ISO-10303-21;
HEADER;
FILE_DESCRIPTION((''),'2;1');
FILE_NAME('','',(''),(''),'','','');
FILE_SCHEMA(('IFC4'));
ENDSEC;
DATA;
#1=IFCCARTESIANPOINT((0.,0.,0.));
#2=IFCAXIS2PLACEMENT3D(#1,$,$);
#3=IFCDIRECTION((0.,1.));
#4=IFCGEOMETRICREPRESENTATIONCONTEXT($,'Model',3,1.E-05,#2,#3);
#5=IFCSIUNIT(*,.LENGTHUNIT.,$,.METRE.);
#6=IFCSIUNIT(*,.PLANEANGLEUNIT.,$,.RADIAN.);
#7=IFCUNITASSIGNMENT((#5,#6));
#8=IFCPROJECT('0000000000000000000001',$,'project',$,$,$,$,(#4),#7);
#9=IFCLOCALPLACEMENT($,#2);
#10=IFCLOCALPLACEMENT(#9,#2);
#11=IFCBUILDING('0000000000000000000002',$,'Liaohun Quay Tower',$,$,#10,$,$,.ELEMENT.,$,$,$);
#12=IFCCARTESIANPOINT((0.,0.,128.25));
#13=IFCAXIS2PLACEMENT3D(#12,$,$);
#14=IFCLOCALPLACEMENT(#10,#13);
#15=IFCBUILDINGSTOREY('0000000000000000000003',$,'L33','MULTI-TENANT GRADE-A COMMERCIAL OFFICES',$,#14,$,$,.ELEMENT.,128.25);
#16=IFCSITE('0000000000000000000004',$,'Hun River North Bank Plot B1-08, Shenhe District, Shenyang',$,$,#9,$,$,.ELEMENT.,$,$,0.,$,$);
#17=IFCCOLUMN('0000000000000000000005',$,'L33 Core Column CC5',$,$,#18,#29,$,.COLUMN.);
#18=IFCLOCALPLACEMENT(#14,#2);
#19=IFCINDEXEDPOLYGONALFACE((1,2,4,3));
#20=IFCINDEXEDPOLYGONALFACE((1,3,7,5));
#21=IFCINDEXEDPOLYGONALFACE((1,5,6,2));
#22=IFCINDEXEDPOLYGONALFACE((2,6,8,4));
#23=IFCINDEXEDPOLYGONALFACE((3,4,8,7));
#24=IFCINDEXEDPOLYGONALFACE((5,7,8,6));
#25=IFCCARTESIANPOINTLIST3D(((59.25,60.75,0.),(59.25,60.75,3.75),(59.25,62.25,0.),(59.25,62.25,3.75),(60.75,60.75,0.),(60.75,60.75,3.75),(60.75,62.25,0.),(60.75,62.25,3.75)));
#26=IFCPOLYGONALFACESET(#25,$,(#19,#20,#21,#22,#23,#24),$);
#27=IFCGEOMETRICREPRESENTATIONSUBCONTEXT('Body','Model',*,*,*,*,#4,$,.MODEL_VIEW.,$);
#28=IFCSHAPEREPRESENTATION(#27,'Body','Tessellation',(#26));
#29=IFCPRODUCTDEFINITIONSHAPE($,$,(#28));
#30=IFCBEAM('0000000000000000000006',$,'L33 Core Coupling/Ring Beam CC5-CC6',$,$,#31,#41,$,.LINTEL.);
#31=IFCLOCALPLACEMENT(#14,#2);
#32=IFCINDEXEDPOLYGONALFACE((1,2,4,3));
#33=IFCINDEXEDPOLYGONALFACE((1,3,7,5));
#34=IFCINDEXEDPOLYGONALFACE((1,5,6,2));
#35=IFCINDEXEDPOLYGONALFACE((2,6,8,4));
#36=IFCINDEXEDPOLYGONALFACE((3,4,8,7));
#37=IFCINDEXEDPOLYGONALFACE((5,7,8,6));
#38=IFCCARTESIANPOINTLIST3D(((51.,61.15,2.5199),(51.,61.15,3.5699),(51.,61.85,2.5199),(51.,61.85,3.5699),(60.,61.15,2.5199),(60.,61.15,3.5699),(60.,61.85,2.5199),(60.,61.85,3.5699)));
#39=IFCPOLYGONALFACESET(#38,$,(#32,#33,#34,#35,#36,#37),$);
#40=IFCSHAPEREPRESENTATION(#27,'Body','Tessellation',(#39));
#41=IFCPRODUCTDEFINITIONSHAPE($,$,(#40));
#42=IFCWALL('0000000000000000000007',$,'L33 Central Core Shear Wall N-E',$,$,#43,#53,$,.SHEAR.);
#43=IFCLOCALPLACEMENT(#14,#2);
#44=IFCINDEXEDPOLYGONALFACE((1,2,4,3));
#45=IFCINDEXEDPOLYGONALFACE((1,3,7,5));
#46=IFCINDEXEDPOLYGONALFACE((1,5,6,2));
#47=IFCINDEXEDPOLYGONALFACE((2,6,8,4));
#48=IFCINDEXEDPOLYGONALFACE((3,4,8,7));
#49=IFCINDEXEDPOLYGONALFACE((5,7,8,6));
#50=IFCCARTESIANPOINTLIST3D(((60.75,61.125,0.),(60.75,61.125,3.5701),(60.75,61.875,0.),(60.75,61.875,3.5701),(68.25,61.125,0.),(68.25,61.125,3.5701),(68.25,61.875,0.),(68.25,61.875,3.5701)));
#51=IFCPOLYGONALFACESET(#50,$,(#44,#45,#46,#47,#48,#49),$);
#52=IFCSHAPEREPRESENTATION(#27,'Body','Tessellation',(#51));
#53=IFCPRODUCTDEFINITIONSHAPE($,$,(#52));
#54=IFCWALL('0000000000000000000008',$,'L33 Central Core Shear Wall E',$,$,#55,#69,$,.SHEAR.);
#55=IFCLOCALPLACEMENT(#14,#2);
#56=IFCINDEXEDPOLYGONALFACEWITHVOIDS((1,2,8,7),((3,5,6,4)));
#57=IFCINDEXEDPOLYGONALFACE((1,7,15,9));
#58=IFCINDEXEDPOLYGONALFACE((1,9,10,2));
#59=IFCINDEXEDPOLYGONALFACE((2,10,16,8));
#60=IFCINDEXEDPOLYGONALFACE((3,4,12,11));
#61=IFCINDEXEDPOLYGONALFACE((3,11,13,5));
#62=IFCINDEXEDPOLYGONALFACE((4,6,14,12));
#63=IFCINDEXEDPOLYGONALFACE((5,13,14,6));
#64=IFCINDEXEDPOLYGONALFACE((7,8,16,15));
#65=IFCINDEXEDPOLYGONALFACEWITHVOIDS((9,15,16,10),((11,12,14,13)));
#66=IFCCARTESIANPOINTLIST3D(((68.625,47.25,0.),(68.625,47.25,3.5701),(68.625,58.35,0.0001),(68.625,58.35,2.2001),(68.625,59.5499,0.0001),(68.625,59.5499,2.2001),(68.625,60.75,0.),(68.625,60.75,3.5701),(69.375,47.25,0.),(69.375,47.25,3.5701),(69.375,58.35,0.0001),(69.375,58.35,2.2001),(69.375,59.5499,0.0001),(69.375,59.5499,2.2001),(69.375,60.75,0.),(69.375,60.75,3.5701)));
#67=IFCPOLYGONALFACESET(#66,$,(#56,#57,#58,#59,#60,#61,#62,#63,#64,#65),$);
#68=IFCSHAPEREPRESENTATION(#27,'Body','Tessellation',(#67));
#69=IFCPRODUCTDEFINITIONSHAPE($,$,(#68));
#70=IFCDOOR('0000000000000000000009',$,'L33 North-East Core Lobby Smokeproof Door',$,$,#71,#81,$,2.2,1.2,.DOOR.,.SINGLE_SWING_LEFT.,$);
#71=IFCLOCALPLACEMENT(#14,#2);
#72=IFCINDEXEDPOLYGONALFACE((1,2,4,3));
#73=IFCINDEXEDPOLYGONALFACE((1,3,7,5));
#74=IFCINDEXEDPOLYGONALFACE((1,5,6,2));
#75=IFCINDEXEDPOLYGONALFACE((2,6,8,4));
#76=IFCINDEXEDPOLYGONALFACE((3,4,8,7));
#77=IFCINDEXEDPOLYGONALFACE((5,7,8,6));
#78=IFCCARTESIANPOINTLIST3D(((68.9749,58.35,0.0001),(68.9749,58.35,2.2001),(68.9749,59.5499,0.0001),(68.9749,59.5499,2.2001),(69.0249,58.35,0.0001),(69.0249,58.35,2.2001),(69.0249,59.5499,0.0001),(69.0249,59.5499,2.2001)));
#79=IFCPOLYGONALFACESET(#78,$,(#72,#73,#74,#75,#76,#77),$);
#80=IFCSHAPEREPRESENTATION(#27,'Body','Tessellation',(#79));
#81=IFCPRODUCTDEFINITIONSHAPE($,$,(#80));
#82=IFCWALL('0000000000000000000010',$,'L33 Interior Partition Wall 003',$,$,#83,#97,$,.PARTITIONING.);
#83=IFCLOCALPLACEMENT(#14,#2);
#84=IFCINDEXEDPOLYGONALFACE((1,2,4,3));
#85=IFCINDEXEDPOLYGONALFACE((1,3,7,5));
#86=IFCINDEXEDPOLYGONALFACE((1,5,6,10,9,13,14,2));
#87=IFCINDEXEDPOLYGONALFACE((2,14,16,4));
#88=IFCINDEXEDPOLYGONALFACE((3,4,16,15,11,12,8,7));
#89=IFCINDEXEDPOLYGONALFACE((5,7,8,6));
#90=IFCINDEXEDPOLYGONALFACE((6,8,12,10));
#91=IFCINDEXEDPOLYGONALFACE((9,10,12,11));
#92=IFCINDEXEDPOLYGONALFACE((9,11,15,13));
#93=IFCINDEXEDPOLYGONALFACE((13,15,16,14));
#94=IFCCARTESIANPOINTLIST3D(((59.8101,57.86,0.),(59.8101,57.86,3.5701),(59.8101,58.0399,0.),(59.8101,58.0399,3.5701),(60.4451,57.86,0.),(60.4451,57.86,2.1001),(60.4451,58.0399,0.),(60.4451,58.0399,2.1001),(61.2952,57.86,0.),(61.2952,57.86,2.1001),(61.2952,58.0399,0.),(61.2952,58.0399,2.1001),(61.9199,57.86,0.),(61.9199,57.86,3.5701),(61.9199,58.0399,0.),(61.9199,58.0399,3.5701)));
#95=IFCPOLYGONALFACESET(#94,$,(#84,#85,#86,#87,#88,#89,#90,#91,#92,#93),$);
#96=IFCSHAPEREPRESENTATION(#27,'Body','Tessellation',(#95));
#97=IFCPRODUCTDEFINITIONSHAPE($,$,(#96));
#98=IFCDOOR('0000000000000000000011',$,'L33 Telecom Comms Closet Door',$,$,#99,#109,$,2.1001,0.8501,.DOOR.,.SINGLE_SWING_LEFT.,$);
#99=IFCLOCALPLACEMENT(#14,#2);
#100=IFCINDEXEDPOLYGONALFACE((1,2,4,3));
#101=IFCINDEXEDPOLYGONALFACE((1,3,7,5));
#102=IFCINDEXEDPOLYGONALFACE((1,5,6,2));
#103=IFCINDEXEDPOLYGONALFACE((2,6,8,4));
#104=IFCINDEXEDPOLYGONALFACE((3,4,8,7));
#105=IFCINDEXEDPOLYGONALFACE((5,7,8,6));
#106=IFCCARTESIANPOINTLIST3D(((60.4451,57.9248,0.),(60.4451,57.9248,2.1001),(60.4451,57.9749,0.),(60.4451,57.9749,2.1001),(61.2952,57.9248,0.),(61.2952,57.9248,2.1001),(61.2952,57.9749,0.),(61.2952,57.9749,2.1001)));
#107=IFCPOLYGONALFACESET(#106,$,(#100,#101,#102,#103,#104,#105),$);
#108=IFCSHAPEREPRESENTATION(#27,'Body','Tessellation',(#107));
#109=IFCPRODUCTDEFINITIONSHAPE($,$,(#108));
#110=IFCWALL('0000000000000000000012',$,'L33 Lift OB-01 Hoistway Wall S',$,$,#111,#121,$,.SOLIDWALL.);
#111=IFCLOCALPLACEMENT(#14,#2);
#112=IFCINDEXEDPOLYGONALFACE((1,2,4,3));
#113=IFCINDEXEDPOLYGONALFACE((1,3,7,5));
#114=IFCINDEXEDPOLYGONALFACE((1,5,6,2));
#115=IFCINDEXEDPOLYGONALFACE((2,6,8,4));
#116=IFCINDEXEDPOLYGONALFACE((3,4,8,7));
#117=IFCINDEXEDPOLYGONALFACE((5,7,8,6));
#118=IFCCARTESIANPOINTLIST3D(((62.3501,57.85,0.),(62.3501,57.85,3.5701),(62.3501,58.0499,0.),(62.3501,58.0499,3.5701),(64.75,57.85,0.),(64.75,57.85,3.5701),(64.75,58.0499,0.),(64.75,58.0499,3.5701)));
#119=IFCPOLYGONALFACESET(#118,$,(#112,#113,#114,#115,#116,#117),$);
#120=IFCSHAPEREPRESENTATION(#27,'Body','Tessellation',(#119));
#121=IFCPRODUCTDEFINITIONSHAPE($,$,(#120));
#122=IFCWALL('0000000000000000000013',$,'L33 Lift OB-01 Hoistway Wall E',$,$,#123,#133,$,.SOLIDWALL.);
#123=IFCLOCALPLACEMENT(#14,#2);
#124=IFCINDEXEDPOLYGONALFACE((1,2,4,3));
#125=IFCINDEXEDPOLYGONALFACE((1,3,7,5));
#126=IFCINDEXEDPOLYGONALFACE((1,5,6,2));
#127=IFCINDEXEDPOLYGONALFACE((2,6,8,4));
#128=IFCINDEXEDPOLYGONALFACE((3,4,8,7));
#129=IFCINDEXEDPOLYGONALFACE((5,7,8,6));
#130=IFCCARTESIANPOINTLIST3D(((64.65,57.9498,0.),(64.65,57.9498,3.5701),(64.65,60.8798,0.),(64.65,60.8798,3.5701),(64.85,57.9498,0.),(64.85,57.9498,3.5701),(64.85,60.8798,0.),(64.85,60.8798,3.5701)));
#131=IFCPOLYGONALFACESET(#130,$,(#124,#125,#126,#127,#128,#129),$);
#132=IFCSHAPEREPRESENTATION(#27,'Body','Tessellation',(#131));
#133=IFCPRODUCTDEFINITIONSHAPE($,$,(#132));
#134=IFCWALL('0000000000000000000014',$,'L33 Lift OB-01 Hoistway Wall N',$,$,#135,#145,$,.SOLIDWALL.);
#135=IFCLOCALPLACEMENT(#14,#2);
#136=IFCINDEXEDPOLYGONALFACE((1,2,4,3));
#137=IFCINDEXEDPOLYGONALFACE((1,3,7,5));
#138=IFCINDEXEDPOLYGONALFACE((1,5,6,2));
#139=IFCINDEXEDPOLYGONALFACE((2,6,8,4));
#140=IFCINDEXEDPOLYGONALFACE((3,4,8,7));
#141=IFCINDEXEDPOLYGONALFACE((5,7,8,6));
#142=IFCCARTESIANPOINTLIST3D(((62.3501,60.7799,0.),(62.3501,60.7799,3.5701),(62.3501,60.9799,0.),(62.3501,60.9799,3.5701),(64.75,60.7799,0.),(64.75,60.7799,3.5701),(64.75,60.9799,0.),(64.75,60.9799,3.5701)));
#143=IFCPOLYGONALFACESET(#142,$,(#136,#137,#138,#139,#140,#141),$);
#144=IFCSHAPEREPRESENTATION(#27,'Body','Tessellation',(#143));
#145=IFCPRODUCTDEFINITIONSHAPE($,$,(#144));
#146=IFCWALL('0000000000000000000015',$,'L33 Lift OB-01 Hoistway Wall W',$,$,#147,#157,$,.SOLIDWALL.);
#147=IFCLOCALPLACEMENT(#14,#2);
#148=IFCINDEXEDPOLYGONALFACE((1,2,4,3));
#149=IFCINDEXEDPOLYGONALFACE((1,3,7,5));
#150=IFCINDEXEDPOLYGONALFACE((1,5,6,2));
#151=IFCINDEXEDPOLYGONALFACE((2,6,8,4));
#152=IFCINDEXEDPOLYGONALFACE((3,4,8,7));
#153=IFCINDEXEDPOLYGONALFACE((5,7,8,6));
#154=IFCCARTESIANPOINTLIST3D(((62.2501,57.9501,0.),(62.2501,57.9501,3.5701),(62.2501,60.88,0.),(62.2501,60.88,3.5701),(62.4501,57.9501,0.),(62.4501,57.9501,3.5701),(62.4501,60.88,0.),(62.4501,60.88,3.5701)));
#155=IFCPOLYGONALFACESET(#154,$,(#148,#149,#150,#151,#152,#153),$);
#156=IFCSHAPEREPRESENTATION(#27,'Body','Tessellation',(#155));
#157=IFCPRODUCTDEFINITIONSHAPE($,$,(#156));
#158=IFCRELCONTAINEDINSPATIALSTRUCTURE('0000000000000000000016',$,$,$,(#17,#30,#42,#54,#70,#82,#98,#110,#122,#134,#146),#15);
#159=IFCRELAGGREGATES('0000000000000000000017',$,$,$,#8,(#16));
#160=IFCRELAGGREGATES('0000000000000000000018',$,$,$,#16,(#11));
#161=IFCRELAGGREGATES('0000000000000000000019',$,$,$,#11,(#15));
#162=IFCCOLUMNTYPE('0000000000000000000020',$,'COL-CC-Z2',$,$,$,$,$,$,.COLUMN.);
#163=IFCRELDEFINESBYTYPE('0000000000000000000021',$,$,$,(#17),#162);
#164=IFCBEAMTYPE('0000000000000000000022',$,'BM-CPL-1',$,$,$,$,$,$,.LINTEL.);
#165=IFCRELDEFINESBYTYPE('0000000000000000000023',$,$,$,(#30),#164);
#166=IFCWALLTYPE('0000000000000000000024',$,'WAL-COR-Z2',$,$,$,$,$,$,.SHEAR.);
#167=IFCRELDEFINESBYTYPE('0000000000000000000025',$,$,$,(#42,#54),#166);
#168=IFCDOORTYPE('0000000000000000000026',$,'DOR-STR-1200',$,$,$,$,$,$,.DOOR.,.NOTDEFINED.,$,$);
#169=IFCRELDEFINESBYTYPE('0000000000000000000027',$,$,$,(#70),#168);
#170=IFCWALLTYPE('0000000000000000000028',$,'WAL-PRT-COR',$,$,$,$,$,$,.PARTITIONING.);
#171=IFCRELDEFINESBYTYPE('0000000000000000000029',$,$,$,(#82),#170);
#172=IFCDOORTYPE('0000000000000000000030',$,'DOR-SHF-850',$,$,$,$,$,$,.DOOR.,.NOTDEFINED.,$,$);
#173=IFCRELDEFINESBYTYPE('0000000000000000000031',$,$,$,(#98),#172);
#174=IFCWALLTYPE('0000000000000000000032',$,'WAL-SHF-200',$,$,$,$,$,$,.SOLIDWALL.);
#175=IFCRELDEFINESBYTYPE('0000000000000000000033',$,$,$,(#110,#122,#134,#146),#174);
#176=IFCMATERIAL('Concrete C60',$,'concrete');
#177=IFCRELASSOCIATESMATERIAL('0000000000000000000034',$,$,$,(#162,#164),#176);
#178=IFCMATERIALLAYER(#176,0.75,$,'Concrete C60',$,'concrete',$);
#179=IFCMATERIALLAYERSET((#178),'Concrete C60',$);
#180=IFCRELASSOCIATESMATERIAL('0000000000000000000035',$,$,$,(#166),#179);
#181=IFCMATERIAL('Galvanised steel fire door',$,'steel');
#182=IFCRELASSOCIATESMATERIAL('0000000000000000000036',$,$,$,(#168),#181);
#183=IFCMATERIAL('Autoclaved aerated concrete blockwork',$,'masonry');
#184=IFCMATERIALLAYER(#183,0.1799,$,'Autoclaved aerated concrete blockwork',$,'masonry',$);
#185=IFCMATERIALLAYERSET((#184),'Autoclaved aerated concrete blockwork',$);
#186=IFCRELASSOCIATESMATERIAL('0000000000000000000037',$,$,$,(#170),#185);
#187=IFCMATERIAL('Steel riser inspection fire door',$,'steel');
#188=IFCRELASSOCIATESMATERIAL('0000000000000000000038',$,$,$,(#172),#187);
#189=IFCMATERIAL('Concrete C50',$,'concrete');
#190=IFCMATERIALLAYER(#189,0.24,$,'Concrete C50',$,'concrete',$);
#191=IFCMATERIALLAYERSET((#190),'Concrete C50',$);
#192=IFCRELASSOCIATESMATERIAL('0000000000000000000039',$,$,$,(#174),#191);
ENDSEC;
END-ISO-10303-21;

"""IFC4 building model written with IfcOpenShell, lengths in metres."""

from ifc_helpers import new_model, si_unit, direction, frame, frame_2d, origin, origin_2d, place, context, subcontext, project, spatial, rectangle, extrude, source, transform, mapped, material, layer, layer_set, material_profile, profile_set, type_object, element, fill, save


model = new_model("IFC4")

# Units and contexts
model_context = context("Model", 3, precision=1e-05, world=origin(), true_north=direction((0.0, 1.0)))
body_context = subcontext(model_context, "Body", "Model", "MODEL_VIEW")
ifc_project = project(units=[si_unit("LENGTHUNIT", "METRE"), si_unit("PLANEANGLEUNIT", "RADIAN")], contexts=[model_context])

# Site, building, storey
site_placement = place(None, origin())
site = spatial("IfcSite", under=ifc_project, at=site_placement, Name="Hun River North Bank Plot B1-08, Shenhe District, Shenyang", CompositionType="ELEMENT", RefElevation=0.0)
building_placement = place(site_placement, origin())
building = spatial("IfcBuilding", under=site, at=building_placement, Name="Liaohun Quay Tower", CompositionType="ELEMENT")
storey_placement = place(building_placement, frame((0.0, 0.0, 128.25)))
storey = spatial("IfcBuildingStorey", under=building, at=storey_placement, Name="L33", Description="MULTI-TENANT GRADE-A COMMERCIAL OFFICES", CompositionType="ELEMENT", Elevation=128.25)

# Column
ifc_material_1 = material(Name="Concrete C60", Category="concrete")
ifc_material_profile_1 = material_profile(ifc_material_1, rectangle(XDim=1.5, YDim=1.5, at=origin_2d()), Name="RC1500x1500")
ifc_profile_set_1 = profile_set([ifc_material_profile_1], Name="Concrete C60")
column_type = type_object("IfcColumnType", Name="COL-CC-Z2", PredefinedType="COLUMN", material=ifc_profile_set_1)
shared_shape_1 = source(origin(), body_context, "Body", "SweptSolid", [
    extrude(rectangle(XDim=1.5, YDim=1.5, at=origin_2d()), origin(), (0.0, 0.0, 1.0), 3.75),
])
column_placement = place(storey_placement, frame((60.0, 61.5, 0.0), z_axis=(0.0, 0.0, 1.0), x_axis=(1.0, 0.0, 0.0)))
element("IfcColumn", 1, at=column_placement, inside=storey, type_object=column_type, Name="L33 Core Column CC5", PredefinedType="COLUMN", context=body_context, shape_type="MappedRepresentation", body=[
    mapped(shared_shape_1, transform((0.0, 0.0, 0.0), x_axis=(1.0, 0.0, 0.0), y_axis=(0.0, 1.0, 0.0), z_axis=(0.0, 0.0, 1.0), scale=1.0)),
])

# Beam
ifc_material_profile_2 = material_profile(ifc_material_1, rectangle(XDim=0.7, YDim=1.05, at=origin_2d()), Name="RC700x1050")
ifc_profile_set_2 = profile_set([ifc_material_profile_2], Name="Concrete C60")
beam_type = type_object("IfcBeamType", Name="BM-CPL-1", PredefinedType="LINTEL", material=ifc_profile_set_2)
shared_shape_2 = source(origin(), body_context, "Body", "SweptSolid", [
    extrude(rectangle(XDim=0.7, YDim=1.05, at=origin_2d()), origin(), (0.0, 0.0, 1.0), 9.0),
])
beam_placement = place(storey_placement, frame((60.0, 61.5, 3.0449), z_axis=(-1.0, 0.0, 0.0), x_axis=(0.0, -1.0, 0.0)))
element("IfcBeam", 2, at=beam_placement, inside=storey, type_object=beam_type, Name="L33 Core Coupling/Ring Beam CC5-CC6", PredefinedType="LINTEL", context=body_context, shape_type="MappedRepresentation", body=[
    mapped(shared_shape_2, transform((0.0, 0.0, 0.0), x_axis=(1.0, 0.0, 0.0), y_axis=(0.0, 1.0, 0.0), z_axis=(0.0, 0.0, 1.0), scale=1.0)),
])

# Wall
ifc_layer_1 = layer(ifc_material_1, 0.75, Name="Concrete C60", Category="concrete")
ifc_layer_set_1 = layer_set([ifc_layer_1], Name="Concrete C60")
wall_type_1 = type_object("IfcWallType", Name="WAL-COR-Z2", PredefinedType="SHEAR", material=ifc_layer_set_1)
wall_1_placement = place(storey_placement, frame((60.75, 61.5, 0.0), z_axis=(0.0, 0.0, 1.0), x_axis=(1.0, 0.0, 0.0)))
element("IfcWall", 3, at=wall_1_placement, inside=storey, type_object=wall_type_1, Name="L33 Central Core Shear Wall N-E", PredefinedType="SHEAR", context=body_context, shape_type="SweptSolid", body=[
    extrude(rectangle(XDim=7.5, YDim=0.75, at=frame_2d((3.75, 0.0))), origin(), (0.0, 0.0, 1.0), 3.5701),
])

# Walls, openings, doors
wall_2_placement = place(storey_placement, frame((69.0, 60.75, 0.0), z_axis=(0.0, 0.0, 1.0), x_axis=(0.0, -1.0, 0.0)))
wall_2 = element("IfcWall", 4, at=wall_2_placement, inside=storey, type_object=wall_type_1, Name="L33 Central Core Shear Wall E", PredefinedType="SHEAR", context=body_context, shape_type="SweptSolid", body=[
    extrude(rectangle(XDim=13.5, YDim=0.75, at=frame_2d((6.75, 0.0))), origin(), (0.0, 0.0, 1.0), 3.5701),
])
shared_shape_3 = source(origin(), body_context, "Body", "SweptSolid", [
    extrude(rectangle(XDim=1.2, YDim=2.2, at=frame_2d((0.6001, 1.1001))), frame((0.0, 0.385, 0.0), z_axis=(0.0, -1.0, 0.0), x_axis=(1.0, 0.0, 0.0)), (0.0, 0.0, 1.0), 0.77),
])
opening_1_placement = place(wall_2_placement, frame((1.2, 0.0, 0.0)))
opening_1 = element("IfcOpeningElement", 5, at=opening_1_placement, cuts=wall_2, PredefinedType="OPENING", context=body_context, shape_type="MappedRepresentation", body=[
    mapped(shared_shape_3, transform((0.0, 0.0, 0.0), x_axis=(1.0, 0.0, 0.0), y_axis=(0.0, 1.0, 0.0), z_axis=(0.0, 0.0, 1.0), scale=1.0)),
])
ifc_material_2 = material(Name="Galvanised steel fire door", Category="steel")
door_type_1 = type_object("IfcDoorType", Name="DOR-STR-1200", OperationType="NOTDEFINED", PredefinedType="DOOR", material=ifc_material_2)
shared_shape_4 = source(origin(), body_context, "Body", "SweptSolid", [
    extrude(rectangle(XDim=1.2, YDim=2.2, at=frame_2d((0.6001, 1.1001))), frame((0.0, 0.0249, 0.0), z_axis=(0.0, -1.0, 0.0), x_axis=(1.0, 0.0, 0.0)), (0.0, 0.0, 1.0), 0.05),
])
door_1_placement = place(opening_1_placement, origin())
door_1 = element("IfcDoor", 6, at=door_1_placement, inside=storey, type_object=door_type_1, Name="L33 North-East Core Lobby Smokeproof Door", OperationType="SINGLE_SWING_LEFT", OverallHeight=2.2, OverallWidth=1.2, PredefinedType="DOOR", context=body_context, shape_type="MappedRepresentation", body=[
    mapped(shared_shape_4, transform((0.0, 0.0, 0.0), x_axis=(1.0, 0.0, 0.0), y_axis=(0.0, 1.0, 0.0), z_axis=(0.0, 0.0, 1.0), scale=1.0)),
])
fill(opening_1, door_1)
ifc_material_3 = material(Name="Autoclaved aerated concrete blockwork", Category="masonry")
ifc_layer_2 = layer(ifc_material_3, 0.1799, Name="Autoclaved aerated concrete blockwork", Category="masonry")
ifc_layer_set_2 = layer_set([ifc_layer_2], Name="Autoclaved aerated concrete blockwork")
wall_type_2 = type_object("IfcWallType", Name="WAL-PRT-COR", PredefinedType="PARTITIONING", material=ifc_layer_set_2)
wall_3_placement = place(storey_placement, frame((59.8101, 57.95, 0.0), z_axis=(0.0, 0.0, 1.0), x_axis=(1.0, 0.0, 0.0)))
wall_3 = element("IfcWall", 7, at=wall_3_placement, inside=storey, type_object=wall_type_2, Name="L33 Interior Partition Wall 003", PredefinedType="PARTITIONING", context=body_context, shape_type="SweptSolid", body=[
    extrude(rectangle(XDim=2.1099, YDim=0.1799, at=frame_2d((1.0549, 0.0))), origin(), (0.0, 0.0, 1.0), 3.5701),
])
shared_shape_5 = source(origin(), body_context, "Body", "SweptSolid", [
    extrude(rectangle(XDim=0.8501, YDim=2.1001, at=frame_2d((0.425, 1.05))), frame((0.0, 0.0999, 0.0), z_axis=(0.0, -1.0, 0.0), x_axis=(1.0, 0.0, 0.0)), (0.0, 0.0, 1.0), 0.2),
])
opening_2_placement = place(wall_3_placement, frame((0.635, 0.0, 0.0)))
opening_2 = element("IfcOpeningElement", 8, at=opening_2_placement, cuts=wall_3, PredefinedType="OPENING", context=body_context, shape_type="MappedRepresentation", body=[
    mapped(shared_shape_5, transform((0.0, 0.0, 0.0), x_axis=(1.0, 0.0, 0.0), y_axis=(0.0, 1.0, 0.0), z_axis=(0.0, 0.0, 1.0), scale=1.0)),
])
ifc_material_4 = material(Name="Steel riser inspection fire door", Category="steel")
door_type_2 = type_object("IfcDoorType", Name="DOR-SHF-850", OperationType="NOTDEFINED", PredefinedType="DOOR", material=ifc_material_4)
shared_shape_6 = source(origin(), body_context, "Body", "SweptSolid", [
    extrude(rectangle(XDim=0.8501, YDim=2.1001, at=frame_2d((0.425, 1.05))), frame((0.0, 0.0249, 0.0), z_axis=(0.0, -1.0, 0.0), x_axis=(1.0, 0.0, 0.0)), (0.0, 0.0, 1.0), 0.05),
])
door_2_placement = place(opening_2_placement, origin())
door_2 = element("IfcDoor", 9, at=door_2_placement, inside=storey, type_object=door_type_2, Name="L33 Telecom Comms Closet Door", OperationType="SINGLE_SWING_LEFT", OverallHeight=2.1001, OverallWidth=0.8501, PredefinedType="DOOR", context=body_context, shape_type="MappedRepresentation", body=[
    mapped(shared_shape_6, transform((0.0, 0.0, 0.0), x_axis=(1.0, 0.0, 0.0), y_axis=(0.0, 1.0, 0.0), z_axis=(0.0, 0.0, 1.0), scale=1.0)),
])
fill(opening_2, door_2)

# Walls
ifc_material_5 = material(Name="Concrete C50", Category="concrete")
ifc_layer_3 = layer(ifc_material_5, 0.24, Name="Concrete C50", Category="concrete")
ifc_layer_set_3 = layer_set([ifc_layer_3], Name="Concrete C50")
wall_type_3 = type_object("IfcWallType", Name="WAL-SHF-200", PredefinedType="SOLIDWALL", material=ifc_layer_set_3)
wall_4_placement = place(storey_placement, frame((62.3501, 57.95, 0.0), z_axis=(0.0, 0.0, 1.0), x_axis=(1.0, 0.0, 0.0)))
element("IfcWall", 10, at=wall_4_placement, inside=storey, type_object=wall_type_3, Name="L33 Lift OB-01 Hoistway Wall S", PredefinedType="SOLIDWALL", context=body_context, shape_type="SweptSolid", body=[
    extrude(rectangle(XDim=2.3999, YDim=0.2, at=frame_2d((1.2, 0.0))), origin(), (0.0, 0.0, 1.0), 3.5701),
])
wall_5_placement = place(storey_placement, frame((64.75, 57.95, 0.0), z_axis=(0.0, 0.0, 1.0), x_axis=(0.0, 1.0, 0.0)))
element("IfcWall", 11, at=wall_5_placement, inside=storey, type_object=wall_type_3, Name="L33 Lift OB-01 Hoistway Wall E", PredefinedType="SOLIDWALL", context=body_context, shape_type="SweptSolid", body=[
    extrude(rectangle(XDim=2.9299, YDim=0.2, at=frame_2d((1.4648, 0.0))), origin(), (0.0, 0.0, 1.0), 3.5701),
])
wall_6_placement = place(storey_placement, frame((64.75, 60.8799, 0.0), z_axis=(0.0, 0.0, 1.0), x_axis=(-1.0, 0.0, 0.0)))
element("IfcWall", 12, at=wall_6_placement, inside=storey, type_object=wall_type_3, Name="L33 Lift OB-01 Hoistway Wall N", PredefinedType="SOLIDWALL", context=body_context, shape_type="SweptSolid", body=[
    extrude(rectangle(XDim=2.3999, YDim=0.2, at=frame_2d((1.2, 0.0))), origin(), (0.0, 0.0, 1.0), 3.5701),
])
wall_7_placement = place(storey_placement, frame((62.3501, 60.8799, 0.0), z_axis=(0.0, 0.0, 1.0), x_axis=(0.0, -1.0, 0.0)))
element("IfcWall", 13, at=wall_7_placement, inside=storey, type_object=wall_type_3, Name="L33 Lift OB-01 Hoistway Wall W", PredefinedType="SOLIDWALL", context=body_context, shape_type="SweptSolid", body=[
    extrude(rectangle(XDim=2.9299, YDim=0.2, at=frame_2d((1.4648, 0.0))), origin(), (0.0, 0.0, 1.0), 3.5701),
])

save(model, "model.ifc")
